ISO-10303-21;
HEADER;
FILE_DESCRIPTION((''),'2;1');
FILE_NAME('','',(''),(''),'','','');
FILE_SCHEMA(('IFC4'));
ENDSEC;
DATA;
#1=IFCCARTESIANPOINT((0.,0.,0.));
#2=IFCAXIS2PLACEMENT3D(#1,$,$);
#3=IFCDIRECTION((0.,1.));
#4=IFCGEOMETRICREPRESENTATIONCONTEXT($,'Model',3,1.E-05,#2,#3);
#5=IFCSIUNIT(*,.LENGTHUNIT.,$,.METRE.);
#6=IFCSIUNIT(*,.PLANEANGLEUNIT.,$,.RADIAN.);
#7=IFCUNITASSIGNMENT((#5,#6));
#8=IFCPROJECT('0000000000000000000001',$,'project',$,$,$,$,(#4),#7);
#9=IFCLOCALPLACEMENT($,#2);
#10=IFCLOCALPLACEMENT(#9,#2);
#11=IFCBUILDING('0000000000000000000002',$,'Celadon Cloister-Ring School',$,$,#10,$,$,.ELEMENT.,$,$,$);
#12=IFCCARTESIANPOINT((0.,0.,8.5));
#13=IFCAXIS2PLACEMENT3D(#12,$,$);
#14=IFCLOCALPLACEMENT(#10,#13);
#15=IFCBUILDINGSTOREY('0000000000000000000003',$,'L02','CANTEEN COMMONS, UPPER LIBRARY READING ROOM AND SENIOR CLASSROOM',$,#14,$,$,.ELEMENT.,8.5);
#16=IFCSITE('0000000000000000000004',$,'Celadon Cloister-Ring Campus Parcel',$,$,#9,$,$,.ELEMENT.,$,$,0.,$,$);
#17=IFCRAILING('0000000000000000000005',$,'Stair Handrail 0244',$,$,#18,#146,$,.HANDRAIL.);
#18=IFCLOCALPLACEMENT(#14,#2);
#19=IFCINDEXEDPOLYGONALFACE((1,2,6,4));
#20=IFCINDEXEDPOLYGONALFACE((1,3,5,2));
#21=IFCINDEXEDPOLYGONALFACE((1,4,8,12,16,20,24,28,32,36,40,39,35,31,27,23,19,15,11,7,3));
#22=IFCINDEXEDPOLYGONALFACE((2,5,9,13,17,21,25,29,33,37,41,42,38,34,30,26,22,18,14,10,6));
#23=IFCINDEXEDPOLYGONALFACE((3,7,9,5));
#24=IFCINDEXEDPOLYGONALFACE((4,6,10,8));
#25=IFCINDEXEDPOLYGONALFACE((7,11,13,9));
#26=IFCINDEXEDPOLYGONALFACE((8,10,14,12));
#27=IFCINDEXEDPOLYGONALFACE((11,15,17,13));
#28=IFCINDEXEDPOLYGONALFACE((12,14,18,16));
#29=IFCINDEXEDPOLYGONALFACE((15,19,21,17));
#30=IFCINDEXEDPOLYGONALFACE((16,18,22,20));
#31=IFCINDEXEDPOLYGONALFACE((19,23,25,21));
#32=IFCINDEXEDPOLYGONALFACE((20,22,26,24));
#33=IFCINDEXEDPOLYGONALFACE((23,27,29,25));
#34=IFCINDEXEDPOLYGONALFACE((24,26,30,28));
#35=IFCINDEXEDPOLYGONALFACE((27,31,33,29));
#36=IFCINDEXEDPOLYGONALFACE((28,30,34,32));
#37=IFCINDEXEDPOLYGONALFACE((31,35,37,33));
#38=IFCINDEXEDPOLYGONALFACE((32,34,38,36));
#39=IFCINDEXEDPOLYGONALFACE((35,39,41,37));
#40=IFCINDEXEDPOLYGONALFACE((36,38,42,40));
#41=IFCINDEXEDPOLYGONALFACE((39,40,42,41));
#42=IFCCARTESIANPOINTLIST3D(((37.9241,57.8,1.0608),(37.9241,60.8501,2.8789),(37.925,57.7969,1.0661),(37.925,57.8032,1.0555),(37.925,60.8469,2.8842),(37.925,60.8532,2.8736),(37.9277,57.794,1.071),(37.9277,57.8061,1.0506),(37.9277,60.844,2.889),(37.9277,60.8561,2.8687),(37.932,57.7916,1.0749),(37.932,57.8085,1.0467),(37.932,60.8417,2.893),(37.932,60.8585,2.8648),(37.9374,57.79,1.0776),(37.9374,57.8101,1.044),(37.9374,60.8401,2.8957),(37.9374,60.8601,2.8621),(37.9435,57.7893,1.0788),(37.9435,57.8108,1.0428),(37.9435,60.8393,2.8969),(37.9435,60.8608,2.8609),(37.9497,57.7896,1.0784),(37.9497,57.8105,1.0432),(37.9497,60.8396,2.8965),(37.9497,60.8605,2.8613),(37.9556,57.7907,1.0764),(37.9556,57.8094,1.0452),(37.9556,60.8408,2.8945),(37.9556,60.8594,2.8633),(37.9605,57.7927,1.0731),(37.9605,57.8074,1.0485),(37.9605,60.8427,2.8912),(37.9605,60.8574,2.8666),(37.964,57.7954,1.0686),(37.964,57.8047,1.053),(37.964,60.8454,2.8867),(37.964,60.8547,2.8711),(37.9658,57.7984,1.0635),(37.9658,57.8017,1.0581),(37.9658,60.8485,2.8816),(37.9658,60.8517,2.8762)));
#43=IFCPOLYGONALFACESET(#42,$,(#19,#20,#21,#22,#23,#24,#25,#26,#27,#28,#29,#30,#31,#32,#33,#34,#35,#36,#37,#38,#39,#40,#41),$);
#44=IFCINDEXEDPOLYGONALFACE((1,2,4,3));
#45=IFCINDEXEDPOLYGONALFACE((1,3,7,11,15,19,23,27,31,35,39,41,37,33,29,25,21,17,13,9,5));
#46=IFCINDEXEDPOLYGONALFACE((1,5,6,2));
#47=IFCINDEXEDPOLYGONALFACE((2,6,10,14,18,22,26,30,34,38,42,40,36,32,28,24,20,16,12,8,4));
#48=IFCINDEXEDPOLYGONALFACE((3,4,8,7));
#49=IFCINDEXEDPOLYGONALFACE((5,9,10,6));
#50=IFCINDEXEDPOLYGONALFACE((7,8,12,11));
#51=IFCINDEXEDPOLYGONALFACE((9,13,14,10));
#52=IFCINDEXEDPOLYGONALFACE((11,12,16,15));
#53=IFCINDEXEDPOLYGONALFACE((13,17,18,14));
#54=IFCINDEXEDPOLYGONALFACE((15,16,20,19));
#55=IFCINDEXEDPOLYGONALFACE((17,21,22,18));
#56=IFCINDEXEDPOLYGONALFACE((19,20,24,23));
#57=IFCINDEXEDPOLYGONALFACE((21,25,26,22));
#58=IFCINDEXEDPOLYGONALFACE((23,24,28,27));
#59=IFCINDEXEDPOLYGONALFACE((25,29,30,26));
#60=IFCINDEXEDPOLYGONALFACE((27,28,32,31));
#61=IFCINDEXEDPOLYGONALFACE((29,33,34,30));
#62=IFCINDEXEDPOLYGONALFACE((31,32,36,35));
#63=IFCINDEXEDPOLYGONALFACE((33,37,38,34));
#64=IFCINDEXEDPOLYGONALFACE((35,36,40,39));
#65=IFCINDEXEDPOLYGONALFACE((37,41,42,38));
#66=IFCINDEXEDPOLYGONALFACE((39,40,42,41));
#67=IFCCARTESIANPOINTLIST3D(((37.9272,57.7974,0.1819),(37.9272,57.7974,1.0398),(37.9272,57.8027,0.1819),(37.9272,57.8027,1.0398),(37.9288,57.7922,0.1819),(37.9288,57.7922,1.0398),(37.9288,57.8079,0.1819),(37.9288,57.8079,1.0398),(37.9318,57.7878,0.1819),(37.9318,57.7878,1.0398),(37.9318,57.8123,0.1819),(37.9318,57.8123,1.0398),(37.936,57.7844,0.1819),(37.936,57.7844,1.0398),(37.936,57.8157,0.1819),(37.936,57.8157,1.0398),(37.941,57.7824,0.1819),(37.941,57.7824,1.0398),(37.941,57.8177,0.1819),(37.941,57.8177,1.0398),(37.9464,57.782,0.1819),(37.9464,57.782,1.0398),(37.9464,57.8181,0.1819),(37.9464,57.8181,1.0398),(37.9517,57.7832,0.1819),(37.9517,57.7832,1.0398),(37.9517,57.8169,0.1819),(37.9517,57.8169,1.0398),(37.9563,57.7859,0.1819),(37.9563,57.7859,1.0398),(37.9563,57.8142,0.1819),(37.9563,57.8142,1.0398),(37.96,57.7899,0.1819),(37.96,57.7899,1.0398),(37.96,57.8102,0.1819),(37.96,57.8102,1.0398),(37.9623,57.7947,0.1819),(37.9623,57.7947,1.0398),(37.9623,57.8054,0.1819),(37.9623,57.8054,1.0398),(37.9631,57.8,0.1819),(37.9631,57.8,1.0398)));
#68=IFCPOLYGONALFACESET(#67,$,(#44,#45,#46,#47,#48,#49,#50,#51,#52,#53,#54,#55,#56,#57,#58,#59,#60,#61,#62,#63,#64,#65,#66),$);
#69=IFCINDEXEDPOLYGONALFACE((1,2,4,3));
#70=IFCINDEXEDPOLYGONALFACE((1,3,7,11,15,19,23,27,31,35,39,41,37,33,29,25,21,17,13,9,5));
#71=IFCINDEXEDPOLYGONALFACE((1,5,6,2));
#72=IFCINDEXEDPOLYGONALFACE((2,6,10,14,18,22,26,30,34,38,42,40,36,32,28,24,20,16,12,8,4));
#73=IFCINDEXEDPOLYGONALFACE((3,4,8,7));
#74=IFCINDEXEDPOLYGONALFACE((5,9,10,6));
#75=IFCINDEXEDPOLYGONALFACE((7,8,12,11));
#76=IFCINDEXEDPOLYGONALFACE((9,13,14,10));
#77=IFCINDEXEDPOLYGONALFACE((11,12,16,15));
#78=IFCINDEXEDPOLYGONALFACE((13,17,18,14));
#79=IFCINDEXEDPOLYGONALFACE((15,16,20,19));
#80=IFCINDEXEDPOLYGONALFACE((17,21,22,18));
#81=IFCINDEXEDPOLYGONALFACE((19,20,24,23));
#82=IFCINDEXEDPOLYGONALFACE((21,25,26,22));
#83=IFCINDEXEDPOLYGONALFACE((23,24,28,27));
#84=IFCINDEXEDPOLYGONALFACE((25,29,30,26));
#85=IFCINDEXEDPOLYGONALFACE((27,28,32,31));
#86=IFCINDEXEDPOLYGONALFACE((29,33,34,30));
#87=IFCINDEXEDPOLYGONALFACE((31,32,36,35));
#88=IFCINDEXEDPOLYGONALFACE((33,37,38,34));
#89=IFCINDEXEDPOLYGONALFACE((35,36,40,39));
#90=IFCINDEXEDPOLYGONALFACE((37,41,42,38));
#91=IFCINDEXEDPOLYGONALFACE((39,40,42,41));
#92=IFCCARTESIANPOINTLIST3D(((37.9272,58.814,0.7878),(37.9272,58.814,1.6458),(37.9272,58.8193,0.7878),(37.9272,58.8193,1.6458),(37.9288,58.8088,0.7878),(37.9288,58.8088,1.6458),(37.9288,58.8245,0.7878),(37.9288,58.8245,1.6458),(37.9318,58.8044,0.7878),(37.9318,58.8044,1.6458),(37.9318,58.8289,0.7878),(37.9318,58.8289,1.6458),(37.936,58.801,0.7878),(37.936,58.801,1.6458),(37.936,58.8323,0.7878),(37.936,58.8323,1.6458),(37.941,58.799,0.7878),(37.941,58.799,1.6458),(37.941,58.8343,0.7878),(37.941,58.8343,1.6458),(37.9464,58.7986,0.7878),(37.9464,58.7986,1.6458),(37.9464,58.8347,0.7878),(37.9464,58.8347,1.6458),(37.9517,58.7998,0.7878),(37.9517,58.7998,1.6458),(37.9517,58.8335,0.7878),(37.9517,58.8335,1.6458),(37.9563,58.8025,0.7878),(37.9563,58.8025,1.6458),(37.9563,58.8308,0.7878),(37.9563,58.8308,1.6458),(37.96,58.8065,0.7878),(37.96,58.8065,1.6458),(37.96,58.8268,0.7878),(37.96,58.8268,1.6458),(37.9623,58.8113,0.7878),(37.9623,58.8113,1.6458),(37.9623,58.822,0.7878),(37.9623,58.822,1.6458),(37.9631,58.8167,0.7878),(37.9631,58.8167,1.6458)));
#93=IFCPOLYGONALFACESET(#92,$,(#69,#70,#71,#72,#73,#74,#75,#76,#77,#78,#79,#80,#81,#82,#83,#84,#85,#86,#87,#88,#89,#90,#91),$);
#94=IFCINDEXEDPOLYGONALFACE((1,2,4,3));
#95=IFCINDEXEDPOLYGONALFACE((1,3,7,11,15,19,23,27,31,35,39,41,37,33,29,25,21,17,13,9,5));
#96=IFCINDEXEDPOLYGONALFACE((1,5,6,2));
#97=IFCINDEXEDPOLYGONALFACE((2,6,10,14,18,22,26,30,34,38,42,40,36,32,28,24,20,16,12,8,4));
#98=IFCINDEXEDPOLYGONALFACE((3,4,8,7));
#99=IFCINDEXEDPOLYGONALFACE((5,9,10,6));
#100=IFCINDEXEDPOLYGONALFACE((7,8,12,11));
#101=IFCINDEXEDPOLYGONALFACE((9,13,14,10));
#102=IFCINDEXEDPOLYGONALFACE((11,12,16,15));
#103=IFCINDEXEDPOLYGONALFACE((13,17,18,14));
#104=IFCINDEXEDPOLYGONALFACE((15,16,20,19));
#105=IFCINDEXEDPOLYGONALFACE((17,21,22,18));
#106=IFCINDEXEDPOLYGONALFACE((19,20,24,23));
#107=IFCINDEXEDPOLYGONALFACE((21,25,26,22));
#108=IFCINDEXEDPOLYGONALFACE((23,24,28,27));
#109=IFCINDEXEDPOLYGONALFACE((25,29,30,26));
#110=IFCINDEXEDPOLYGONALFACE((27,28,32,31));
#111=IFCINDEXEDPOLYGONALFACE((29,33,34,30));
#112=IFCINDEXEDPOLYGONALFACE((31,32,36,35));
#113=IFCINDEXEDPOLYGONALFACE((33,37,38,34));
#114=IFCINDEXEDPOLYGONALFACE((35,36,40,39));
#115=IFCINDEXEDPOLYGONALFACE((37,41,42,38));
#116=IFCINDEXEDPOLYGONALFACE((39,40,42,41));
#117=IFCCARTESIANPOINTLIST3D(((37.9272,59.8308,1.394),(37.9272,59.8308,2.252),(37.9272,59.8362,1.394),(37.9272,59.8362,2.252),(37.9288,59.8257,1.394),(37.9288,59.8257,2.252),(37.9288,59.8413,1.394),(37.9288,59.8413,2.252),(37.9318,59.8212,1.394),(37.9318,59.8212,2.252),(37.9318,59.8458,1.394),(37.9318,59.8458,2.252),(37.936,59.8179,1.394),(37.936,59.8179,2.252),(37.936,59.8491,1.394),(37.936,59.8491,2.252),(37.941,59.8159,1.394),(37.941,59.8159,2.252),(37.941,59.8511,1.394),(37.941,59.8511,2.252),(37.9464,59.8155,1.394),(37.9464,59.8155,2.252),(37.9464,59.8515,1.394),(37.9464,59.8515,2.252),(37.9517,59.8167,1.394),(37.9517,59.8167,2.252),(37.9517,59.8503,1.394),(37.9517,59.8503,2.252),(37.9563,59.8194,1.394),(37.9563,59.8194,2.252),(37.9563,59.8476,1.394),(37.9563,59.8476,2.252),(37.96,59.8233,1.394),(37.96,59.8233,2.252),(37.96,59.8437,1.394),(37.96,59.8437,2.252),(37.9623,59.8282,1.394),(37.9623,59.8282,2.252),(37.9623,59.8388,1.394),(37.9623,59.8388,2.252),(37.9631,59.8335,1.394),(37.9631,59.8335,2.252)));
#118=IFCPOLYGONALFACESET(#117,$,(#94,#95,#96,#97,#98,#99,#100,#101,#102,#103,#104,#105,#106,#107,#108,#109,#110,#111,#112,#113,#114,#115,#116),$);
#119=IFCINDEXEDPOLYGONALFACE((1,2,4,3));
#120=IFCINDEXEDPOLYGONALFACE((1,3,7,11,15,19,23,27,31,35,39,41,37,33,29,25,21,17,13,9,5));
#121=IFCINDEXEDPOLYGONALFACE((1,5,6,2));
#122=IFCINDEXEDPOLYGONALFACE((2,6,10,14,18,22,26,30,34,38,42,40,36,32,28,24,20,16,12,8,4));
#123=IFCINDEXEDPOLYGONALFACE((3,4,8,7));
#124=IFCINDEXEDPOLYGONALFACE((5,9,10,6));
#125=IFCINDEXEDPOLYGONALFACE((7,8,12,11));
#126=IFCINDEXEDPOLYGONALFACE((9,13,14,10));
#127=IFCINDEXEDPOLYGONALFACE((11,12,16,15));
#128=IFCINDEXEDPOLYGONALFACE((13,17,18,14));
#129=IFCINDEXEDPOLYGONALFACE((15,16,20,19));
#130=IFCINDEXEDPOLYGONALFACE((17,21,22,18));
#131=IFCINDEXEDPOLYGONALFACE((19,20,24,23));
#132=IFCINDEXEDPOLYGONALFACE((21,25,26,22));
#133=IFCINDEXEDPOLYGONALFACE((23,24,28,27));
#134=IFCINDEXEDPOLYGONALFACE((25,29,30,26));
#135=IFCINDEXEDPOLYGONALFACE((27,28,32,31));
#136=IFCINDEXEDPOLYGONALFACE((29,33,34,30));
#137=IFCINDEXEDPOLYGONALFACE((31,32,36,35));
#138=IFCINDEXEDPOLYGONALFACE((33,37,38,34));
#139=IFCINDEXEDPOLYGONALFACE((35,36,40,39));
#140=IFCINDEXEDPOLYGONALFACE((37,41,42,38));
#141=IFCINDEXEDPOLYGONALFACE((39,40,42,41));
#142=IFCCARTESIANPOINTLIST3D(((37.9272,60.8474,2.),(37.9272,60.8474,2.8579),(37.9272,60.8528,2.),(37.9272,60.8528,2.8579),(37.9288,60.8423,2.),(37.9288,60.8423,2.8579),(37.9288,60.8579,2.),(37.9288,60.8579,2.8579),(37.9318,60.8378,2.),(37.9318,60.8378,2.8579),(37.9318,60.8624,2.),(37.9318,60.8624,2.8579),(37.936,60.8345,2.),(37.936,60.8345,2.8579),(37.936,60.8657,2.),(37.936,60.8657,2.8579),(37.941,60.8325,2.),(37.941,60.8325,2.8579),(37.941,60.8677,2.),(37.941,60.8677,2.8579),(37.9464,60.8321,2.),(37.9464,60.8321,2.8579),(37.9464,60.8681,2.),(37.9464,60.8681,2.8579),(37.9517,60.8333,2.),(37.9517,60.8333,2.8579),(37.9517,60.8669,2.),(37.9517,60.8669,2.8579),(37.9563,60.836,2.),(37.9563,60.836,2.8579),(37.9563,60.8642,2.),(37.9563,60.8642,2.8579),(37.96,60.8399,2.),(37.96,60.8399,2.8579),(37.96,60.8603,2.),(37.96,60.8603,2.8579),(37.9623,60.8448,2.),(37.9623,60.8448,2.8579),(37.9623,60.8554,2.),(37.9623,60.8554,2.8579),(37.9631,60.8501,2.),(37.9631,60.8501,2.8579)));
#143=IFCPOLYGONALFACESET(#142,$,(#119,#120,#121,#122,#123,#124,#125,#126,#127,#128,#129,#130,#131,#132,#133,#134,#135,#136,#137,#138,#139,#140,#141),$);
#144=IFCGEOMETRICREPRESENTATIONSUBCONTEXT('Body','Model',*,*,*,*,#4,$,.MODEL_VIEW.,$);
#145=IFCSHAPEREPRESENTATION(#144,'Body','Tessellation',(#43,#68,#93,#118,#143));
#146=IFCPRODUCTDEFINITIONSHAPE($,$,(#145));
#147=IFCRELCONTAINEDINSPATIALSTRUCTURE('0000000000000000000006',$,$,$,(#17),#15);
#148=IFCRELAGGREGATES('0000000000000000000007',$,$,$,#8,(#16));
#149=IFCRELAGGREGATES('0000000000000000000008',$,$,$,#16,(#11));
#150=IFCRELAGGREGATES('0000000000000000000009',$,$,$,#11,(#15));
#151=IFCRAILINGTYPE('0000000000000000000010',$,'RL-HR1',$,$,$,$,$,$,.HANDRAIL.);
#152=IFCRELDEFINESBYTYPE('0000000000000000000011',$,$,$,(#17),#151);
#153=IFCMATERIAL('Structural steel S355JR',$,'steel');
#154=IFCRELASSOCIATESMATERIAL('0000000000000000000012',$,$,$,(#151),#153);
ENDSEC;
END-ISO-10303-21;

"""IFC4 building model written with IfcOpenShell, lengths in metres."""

from ifc_helpers import new_model, si_unit, direction, frame, origin, origin_2d, place, context, subcontext, project, spatial, circle, extrude, material, type_object, element, save


model = new_model("IFC4")

# Units and contexts
model_context = context("Model", 3, precision=1e-05, world=origin(), true_north=direction((0.0, 1.0)))
body_context = subcontext(model_context, "Body", "Model", "MODEL_VIEW")
ifc_project = project(units=[si_unit("LENGTHUNIT", "METRE"), si_unit("PLANEANGLEUNIT", "RADIAN")], contexts=[model_context])

# Site, building, storey
site_placement = place(None, origin())
site = spatial("IfcSite", under=ifc_project, at=site_placement, Name="Celadon Cloister-Ring Campus Parcel", CompositionType="ELEMENT", RefElevation=0.0)
building_placement = place(site_placement, origin())
building = spatial("IfcBuilding", under=site, at=building_placement, Name="Celadon Cloister-Ring School", CompositionType="ELEMENT")
storey_placement = place(building_placement, frame((0.0, 0.0, 8.5)))
storey = spatial("IfcBuildingStorey", under=building, at=storey_placement, Name="L02", Description="CANTEEN COMMONS, UPPER LIBRARY READING ROOM AND SENIOR CLASSROOM", CompositionType="ELEMENT", Elevation=8.5)

# Railing
ifc_material_1 = material(Name="Structural steel S355JR", Category="steel")
railing_type_1 = type_object("IfcRailingType", Name="RL-HR1", PredefinedType="HANDRAIL", material=ifc_material_1)
for number, where, name in (
    (1, (37.9451, 57.8, 0.1819), "Stair Handrail 0244"),
):
    element("IfcRailing", number, at=place(storey_placement, frame(where)), inside=storey, type_object=railing_type_1, Name=name, PredefinedType="HANDRAIL", context=body_context, shape_type="SweptSolid", body=[
        extrude(circle(Radius=0.021, at=origin_2d()), frame((0.0, 0.0, 0.8789), z_axis=(0.0, 0.85897, 0.512026), x_axis=(-1.0, 0.0, 0.0)), (0.0, 0.0, 1.0), 3.5508),
        extrude(circle(Radius=0.0181, at=origin_2d()), origin(), (0.0, 0.0, 1.0), 0.8579),
        extrude(circle(Radius=0.0181, at=origin_2d()), frame((0.0, 1.0166, 0.606)), (0.0, 0.0, 1.0), 0.8579),
        extrude(circle(Radius=0.0181, at=origin_2d()), frame((0.0, 2.0334, 1.2122)), (0.0, 0.0, 1.0), 0.8579),
        extrude(circle(Radius=0.0181, at=origin_2d()), frame((0.0, 3.05, 1.8181)), (0.0, 0.0, 1.0), 0.8579),
    ])

save(model, "model.ifc")
